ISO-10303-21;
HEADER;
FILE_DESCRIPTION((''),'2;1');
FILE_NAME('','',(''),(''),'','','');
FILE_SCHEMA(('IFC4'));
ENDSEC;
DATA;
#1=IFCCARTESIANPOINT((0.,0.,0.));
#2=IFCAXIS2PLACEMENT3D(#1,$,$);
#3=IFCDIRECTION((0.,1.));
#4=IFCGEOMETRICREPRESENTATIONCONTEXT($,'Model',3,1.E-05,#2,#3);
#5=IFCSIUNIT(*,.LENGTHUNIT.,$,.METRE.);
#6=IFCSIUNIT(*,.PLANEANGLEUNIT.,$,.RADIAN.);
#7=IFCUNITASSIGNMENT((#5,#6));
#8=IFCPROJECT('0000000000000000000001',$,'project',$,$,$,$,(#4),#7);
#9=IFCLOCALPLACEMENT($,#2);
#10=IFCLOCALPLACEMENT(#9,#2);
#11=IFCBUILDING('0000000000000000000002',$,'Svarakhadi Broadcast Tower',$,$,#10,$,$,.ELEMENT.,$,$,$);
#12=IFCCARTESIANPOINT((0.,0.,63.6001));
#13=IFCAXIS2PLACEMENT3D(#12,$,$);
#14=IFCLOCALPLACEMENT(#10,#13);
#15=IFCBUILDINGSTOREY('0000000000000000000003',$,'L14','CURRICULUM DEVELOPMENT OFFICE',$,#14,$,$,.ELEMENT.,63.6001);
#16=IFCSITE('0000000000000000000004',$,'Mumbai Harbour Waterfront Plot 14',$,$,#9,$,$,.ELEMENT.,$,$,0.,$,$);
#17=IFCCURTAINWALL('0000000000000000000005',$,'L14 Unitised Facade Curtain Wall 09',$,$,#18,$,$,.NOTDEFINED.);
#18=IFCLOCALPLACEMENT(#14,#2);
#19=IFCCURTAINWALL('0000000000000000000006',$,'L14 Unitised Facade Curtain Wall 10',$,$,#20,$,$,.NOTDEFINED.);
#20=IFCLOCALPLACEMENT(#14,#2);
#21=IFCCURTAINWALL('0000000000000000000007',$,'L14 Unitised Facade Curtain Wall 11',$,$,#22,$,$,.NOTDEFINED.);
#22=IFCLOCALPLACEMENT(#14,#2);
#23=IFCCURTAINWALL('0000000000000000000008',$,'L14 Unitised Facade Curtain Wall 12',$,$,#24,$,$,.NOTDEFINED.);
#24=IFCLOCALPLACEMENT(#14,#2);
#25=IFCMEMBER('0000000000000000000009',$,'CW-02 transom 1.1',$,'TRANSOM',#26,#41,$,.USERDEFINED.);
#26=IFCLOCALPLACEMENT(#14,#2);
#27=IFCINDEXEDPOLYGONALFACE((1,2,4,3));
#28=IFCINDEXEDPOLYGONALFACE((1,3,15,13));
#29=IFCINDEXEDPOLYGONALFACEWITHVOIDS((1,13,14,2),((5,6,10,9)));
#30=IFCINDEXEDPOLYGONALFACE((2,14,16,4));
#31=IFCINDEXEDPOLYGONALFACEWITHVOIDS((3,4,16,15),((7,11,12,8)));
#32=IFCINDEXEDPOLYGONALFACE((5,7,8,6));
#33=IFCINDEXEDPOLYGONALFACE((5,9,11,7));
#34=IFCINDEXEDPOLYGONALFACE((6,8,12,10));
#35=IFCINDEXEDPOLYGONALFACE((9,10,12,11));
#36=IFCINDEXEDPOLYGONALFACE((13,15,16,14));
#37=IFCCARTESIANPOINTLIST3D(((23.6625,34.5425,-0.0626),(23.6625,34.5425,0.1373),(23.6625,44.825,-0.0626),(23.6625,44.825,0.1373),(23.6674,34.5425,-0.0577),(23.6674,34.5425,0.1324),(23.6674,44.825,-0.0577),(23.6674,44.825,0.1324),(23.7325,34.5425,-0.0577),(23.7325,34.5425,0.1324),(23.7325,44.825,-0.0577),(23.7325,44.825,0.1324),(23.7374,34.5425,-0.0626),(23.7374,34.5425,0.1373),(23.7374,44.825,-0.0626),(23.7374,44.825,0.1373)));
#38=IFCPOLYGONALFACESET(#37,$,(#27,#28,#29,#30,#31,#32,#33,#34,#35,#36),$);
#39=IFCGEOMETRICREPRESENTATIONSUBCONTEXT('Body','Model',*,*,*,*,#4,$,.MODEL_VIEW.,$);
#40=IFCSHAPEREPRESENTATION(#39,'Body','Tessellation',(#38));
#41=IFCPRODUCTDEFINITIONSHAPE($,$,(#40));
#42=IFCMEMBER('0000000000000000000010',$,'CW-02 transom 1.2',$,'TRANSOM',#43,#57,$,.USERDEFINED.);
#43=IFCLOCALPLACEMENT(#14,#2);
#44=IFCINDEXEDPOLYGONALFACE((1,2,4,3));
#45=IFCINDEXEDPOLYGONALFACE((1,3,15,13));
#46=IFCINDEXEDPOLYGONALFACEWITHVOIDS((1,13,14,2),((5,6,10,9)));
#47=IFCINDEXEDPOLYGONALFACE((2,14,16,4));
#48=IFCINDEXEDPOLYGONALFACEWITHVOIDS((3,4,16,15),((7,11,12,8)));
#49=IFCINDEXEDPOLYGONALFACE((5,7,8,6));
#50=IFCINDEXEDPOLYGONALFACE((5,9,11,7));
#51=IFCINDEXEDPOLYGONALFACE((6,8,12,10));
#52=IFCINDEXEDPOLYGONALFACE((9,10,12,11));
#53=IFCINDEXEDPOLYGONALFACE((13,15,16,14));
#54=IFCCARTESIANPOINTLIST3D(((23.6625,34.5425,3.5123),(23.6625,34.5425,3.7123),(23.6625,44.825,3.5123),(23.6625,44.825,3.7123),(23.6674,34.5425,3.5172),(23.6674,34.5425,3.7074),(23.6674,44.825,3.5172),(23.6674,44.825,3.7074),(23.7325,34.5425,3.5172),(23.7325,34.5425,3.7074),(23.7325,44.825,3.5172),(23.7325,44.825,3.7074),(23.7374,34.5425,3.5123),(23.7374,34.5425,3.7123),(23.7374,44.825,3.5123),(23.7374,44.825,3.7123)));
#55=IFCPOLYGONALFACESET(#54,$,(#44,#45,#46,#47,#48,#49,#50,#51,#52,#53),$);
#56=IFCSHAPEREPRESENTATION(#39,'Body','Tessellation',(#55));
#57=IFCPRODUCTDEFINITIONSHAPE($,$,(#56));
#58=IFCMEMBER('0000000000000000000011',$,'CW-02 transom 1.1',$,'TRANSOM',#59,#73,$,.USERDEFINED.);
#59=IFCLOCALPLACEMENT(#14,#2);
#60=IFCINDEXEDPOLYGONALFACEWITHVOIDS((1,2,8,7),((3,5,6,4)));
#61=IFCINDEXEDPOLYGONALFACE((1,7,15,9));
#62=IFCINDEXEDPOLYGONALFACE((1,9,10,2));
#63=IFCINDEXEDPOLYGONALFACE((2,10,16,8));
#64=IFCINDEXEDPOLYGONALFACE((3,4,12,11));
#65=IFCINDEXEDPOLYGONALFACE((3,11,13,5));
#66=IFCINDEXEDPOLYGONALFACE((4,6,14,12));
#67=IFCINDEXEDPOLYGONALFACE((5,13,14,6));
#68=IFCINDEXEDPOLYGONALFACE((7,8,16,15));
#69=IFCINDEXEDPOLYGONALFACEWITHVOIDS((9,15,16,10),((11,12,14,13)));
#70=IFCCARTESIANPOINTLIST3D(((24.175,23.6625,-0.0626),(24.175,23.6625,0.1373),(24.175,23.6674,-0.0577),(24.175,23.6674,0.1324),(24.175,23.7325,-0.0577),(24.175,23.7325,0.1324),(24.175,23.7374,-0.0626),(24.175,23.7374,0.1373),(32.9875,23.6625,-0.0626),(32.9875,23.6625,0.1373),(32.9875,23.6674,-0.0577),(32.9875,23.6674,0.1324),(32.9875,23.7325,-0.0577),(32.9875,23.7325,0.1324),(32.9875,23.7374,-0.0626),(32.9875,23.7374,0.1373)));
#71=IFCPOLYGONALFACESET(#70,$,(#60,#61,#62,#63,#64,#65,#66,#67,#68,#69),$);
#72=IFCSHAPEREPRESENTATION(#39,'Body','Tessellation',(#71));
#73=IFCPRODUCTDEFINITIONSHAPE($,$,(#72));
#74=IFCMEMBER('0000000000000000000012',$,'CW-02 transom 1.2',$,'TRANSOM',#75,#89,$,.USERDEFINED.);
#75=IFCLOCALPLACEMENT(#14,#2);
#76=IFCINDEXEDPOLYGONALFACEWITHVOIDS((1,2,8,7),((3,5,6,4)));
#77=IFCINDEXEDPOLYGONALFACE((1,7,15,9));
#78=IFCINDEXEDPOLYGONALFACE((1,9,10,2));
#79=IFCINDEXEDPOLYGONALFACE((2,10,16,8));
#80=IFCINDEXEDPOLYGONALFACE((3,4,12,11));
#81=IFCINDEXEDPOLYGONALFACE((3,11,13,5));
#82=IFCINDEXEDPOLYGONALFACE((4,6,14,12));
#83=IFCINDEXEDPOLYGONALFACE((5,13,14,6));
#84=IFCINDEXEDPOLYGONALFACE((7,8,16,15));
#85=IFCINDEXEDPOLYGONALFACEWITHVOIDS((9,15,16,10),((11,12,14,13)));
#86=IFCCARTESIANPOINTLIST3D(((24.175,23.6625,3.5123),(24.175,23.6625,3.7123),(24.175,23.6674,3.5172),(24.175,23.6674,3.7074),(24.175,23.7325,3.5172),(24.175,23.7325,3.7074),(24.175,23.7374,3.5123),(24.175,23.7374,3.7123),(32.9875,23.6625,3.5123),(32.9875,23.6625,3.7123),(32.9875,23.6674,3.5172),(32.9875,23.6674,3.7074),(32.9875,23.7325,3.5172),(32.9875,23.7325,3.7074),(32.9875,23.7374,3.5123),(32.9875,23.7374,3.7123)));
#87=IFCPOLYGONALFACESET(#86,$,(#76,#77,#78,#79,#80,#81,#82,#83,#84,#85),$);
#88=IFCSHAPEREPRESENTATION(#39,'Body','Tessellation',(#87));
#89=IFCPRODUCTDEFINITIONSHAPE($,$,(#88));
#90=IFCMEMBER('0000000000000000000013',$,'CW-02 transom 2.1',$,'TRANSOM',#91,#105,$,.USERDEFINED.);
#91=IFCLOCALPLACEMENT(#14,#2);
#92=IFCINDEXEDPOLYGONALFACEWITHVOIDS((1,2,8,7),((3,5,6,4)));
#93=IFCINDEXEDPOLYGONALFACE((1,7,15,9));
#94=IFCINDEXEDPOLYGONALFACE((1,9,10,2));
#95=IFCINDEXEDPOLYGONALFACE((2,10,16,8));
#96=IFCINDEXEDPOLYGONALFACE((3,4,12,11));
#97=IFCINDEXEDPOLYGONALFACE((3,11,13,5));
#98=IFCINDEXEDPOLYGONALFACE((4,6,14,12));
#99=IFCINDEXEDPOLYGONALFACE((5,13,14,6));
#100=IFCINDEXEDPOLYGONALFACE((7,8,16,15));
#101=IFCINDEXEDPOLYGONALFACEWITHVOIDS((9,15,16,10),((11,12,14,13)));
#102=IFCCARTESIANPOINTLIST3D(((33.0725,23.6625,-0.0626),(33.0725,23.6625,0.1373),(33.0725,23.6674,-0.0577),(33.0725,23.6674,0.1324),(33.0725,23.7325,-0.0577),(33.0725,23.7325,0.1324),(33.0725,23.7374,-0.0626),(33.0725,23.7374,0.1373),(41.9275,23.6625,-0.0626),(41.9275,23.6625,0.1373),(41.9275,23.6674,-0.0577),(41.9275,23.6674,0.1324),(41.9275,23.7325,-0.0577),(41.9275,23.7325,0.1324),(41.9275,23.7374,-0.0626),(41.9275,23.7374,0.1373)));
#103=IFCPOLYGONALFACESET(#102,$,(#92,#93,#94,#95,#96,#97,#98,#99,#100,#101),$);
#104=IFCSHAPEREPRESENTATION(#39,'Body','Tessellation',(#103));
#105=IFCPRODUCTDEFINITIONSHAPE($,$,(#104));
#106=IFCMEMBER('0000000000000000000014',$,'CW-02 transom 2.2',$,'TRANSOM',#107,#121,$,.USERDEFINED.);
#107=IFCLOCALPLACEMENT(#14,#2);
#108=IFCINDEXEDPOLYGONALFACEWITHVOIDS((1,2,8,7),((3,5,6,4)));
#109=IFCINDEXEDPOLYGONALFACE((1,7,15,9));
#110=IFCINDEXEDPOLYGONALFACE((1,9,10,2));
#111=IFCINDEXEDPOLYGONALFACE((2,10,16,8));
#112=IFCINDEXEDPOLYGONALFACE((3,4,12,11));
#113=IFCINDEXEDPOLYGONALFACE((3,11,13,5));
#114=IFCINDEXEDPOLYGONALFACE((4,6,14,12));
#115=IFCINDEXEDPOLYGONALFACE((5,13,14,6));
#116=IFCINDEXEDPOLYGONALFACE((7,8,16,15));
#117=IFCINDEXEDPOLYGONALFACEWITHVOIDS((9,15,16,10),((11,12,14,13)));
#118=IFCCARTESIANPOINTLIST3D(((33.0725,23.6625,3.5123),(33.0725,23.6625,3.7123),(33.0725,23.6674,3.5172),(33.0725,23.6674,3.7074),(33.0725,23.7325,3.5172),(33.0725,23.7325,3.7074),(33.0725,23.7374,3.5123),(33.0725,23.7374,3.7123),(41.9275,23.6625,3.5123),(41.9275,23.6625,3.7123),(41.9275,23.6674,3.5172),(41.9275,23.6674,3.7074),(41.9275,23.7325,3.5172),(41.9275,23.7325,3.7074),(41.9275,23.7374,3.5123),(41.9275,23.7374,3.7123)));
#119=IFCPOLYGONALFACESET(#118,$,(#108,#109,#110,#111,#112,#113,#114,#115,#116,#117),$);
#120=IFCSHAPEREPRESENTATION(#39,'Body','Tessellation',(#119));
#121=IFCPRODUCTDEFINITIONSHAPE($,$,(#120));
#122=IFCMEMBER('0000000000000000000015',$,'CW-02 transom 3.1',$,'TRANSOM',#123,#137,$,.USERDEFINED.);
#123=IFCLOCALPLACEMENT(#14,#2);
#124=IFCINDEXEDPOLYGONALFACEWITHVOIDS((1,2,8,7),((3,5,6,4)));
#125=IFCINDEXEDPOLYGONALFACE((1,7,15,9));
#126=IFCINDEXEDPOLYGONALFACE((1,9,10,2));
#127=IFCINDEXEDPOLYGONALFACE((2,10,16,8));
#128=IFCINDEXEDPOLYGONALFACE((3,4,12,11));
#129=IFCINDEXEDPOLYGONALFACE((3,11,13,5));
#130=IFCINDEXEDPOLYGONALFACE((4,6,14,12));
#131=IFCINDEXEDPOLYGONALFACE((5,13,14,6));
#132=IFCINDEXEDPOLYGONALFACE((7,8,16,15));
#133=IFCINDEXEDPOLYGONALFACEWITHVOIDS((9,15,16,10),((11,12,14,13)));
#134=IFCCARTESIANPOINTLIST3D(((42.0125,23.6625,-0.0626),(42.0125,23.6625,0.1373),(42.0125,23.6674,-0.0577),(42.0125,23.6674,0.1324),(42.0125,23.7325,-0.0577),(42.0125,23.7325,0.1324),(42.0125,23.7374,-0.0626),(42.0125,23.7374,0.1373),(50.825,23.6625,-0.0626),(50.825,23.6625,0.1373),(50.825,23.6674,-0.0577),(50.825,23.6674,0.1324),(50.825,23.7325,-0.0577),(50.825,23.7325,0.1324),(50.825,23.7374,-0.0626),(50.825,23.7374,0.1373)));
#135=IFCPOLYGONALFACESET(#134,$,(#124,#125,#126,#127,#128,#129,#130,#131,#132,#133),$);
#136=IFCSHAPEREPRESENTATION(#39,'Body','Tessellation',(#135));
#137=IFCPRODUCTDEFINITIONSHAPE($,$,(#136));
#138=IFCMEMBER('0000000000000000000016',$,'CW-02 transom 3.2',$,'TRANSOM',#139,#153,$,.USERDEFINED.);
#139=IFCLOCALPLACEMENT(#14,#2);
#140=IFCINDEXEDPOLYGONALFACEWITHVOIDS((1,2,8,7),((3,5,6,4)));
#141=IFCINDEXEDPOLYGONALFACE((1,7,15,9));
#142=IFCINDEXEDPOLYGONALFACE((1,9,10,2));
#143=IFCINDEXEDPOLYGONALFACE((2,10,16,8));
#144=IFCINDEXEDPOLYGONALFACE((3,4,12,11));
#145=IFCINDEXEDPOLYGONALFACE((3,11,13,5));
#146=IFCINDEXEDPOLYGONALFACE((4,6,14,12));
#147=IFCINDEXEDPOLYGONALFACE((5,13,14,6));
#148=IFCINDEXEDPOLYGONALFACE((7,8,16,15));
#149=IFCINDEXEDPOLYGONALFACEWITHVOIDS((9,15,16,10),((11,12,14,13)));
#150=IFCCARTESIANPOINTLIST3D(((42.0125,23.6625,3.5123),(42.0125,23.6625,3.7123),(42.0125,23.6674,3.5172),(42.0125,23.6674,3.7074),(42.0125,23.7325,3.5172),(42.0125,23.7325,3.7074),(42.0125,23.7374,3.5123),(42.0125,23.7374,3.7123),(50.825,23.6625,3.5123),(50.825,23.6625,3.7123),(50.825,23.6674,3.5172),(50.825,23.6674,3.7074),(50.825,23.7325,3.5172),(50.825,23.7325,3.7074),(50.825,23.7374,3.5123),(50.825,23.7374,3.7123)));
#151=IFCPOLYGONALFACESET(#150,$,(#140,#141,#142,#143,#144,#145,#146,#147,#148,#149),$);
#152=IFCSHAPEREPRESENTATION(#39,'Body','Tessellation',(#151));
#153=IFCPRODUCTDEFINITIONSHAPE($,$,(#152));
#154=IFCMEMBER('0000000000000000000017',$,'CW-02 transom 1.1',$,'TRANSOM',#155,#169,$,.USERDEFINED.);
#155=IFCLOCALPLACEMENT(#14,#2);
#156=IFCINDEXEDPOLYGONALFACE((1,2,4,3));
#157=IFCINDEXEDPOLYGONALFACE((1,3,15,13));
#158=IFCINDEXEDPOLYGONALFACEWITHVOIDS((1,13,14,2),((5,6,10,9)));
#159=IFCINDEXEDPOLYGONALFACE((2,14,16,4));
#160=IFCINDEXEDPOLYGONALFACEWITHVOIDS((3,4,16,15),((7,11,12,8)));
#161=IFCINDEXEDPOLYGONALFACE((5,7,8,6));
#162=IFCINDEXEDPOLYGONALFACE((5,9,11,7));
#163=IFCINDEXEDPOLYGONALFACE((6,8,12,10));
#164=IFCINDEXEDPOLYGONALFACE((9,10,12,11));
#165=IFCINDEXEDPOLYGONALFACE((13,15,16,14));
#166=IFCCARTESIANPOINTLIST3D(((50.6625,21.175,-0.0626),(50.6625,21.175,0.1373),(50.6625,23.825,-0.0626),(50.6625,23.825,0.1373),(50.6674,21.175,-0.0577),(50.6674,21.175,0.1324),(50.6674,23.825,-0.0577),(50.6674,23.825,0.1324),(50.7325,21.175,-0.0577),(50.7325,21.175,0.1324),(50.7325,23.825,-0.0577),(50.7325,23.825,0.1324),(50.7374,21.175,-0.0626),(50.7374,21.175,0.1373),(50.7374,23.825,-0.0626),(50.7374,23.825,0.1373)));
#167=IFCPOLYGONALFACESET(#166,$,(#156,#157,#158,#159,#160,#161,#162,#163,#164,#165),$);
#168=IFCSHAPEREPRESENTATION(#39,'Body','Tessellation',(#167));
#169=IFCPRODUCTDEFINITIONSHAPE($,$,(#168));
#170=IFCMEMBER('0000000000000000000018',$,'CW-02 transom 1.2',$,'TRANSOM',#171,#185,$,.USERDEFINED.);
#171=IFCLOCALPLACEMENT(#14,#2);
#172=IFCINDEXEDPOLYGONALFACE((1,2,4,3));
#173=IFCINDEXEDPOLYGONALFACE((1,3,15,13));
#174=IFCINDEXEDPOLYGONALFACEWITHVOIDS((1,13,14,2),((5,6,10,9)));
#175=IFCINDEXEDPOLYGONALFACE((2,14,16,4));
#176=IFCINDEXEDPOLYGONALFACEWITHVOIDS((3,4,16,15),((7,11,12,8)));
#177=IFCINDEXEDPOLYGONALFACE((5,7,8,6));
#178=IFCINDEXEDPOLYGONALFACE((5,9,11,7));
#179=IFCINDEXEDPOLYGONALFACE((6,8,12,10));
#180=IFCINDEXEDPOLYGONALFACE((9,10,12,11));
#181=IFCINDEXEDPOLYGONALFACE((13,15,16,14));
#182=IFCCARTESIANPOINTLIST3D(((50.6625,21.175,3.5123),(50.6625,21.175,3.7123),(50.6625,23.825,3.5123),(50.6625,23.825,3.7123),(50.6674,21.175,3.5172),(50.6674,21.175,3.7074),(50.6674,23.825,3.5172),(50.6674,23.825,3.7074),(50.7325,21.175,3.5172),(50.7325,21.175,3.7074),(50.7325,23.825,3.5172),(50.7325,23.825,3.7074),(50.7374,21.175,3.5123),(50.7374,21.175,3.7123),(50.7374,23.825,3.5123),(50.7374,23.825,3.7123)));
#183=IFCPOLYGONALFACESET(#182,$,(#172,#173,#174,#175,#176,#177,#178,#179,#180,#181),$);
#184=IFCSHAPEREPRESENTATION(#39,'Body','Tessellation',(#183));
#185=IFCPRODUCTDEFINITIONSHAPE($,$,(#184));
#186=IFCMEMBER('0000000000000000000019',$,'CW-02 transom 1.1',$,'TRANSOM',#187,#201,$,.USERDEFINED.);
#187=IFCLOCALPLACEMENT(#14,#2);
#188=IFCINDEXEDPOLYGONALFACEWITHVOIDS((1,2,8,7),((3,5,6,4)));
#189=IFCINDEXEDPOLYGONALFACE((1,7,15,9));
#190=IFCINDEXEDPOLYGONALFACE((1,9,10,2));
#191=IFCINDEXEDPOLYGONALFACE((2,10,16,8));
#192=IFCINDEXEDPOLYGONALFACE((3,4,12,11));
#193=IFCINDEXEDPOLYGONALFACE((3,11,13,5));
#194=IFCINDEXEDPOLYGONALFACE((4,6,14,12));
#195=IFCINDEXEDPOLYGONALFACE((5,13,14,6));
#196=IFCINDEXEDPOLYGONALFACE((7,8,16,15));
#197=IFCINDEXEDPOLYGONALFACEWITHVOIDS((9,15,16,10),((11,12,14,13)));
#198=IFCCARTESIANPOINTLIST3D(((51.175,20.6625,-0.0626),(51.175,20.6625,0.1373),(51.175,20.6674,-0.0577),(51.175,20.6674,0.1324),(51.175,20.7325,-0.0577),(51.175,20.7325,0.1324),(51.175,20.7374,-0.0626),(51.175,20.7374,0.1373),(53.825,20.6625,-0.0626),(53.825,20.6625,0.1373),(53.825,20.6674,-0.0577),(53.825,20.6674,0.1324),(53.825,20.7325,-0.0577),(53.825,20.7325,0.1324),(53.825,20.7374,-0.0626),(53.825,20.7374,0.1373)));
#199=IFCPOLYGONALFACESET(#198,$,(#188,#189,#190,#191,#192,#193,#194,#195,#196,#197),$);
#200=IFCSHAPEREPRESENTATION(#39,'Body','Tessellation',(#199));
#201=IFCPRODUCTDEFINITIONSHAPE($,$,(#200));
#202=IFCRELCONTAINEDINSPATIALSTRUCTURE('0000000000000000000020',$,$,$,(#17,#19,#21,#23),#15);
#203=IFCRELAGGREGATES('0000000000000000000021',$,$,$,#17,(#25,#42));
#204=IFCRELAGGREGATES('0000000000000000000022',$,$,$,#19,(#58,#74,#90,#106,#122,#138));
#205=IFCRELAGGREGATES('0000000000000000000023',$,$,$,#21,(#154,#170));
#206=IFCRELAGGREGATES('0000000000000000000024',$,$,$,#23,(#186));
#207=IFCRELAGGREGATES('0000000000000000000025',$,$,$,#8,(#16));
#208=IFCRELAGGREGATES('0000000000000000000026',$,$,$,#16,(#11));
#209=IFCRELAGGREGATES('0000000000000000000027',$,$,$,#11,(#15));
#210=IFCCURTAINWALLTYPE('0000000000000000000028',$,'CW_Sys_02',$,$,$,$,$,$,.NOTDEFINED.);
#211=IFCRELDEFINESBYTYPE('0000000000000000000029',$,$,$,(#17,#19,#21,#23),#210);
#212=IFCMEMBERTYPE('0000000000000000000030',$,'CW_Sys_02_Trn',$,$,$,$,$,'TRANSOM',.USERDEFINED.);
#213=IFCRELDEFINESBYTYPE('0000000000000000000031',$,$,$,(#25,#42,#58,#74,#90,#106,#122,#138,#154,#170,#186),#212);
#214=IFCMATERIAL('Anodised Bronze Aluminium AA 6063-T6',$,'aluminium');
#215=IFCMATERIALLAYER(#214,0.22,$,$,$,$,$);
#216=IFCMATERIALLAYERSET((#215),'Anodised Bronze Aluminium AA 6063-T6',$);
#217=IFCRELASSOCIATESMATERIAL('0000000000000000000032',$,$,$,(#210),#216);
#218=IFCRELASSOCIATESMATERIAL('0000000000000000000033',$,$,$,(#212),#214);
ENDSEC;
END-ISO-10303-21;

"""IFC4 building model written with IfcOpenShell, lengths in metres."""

from ifc_helpers import new_model, si_unit, direction, frame, origin, origin_2d, place, context, subcontext, project, spatial, hollow_rectangle, extrude, material, layer, layer_set, material_profile, profile_set, type_object, element, aggregate, save


model = new_model("IFC4")

# Units and contexts
model_context = context("Model", 3, precision=1e-05, world=origin(), true_north=direction((0.0, 1.0)))
body_context = subcontext(model_context, "Body", "Model", "MODEL_VIEW")
ifc_project = project(units=[si_unit("LENGTHUNIT", "METRE"), si_unit("PLANEANGLEUNIT", "RADIAN")], contexts=[model_context])

# Site, building, storey
site_placement = place(None, origin())
site = spatial("IfcSite", under=ifc_project, at=site_placement, Name="Mumbai Harbour Waterfront Plot 14", CompositionType="ELEMENT", RefElevation=0.0)
building_placement = place(site_placement, origin())
building = spatial("IfcBuilding", under=site, at=building_placement, Name="Svarakhadi Broadcast Tower", CompositionType="ELEMENT")
storey_placement = place(building_placement, frame((0.0, 0.0, 63.6001)))
storey = spatial("IfcBuildingStorey", under=building, at=storey_placement, Name="L14", Description="CURRICULUM DEVELOPMENT OFFICE", CompositionType="ELEMENT", Elevation=63.6001)

# Curtain wall
ifc_material_1 = material(Name="Anodised Bronze Aluminium AA 6063-T6", Category="aluminium")
ifc_layer_1 = layer(ifc_material_1, 0.22)
ifc_layer_set_1 = layer_set([ifc_layer_1], Name="Anodised Bronze Aluminium AA 6063-T6")
curtain_wall_type = type_object("IfcCurtainWallType", Name="CW_Sys_02", PredefinedType="NOTDEFINED", material=ifc_layer_set_1)
curtain_wall_1_placement = place(storey_placement, origin())
curtain_wall_1 = element("IfcCurtainWall", 1, at=curtain_wall_1_placement, inside=storey, type_object=curtain_wall_type, Name="L14 Unitised Facade Curtain Wall 09", PredefinedType="NOTDEFINED")

# Curtain walls
curtain_wall_2_placement = place(storey_placement, origin())
curtain_wall_2 = element("IfcCurtainWall", 2, at=curtain_wall_2_placement, inside=storey, type_object=curtain_wall_type, Name="L14 Unitised Facade Curtain Wall 10", PredefinedType="NOTDEFINED")
curtain_wall_3_placement = place(storey_placement, origin())
curtain_wall_3 = element("IfcCurtainWall", 3, at=curtain_wall_3_placement, inside=storey, type_object=curtain_wall_type, Name="L14 Unitised Facade Curtain Wall 11", PredefinedType="NOTDEFINED")
curtain_wall_4_placement = place(storey_placement, origin())
curtain_wall_4 = element("IfcCurtainWall", 4, at=curtain_wall_4_placement, inside=storey, type_object=curtain_wall_type, Name="L14 Unitised Facade Curtain Wall 12", PredefinedType="NOTDEFINED")

# Members
ifc_material_profile_1 = material_profile(ifc_material_1, hollow_rectangle(XDim=0.075, YDim=0.2, WallThickness=0.0049, at=origin_2d()), Name="ALU TRANSOM 200x75x5")
ifc_profile_set_1 = profile_set([ifc_material_profile_1], Name="Anodised Bronze Aluminium AA 6063-T6")
member_type_1 = type_object("IfcMemberType", Name="CW_Sys_02_Trn", ElementType="TRANSOM", PredefinedType="USERDEFINED", material=ifc_profile_set_1)
member_1_placement = place(storey_placement, frame((23.7, 44.825, 0.0374), z_axis=(0.0, -1.0, 0.0), x_axis=(1.0, 0.0, 0.0)))
member_1 = element("IfcMember", 5, at=member_1_placement, type_object=member_type_1, Name="CW-02 transom 1.1", ObjectType="TRANSOM", PredefinedType="USERDEFINED", context=body_context, shape_type="SweptSolid", body=[
    extrude(hollow_rectangle(XDim=0.075, YDim=0.2, WallThickness=0.0049, at=origin_2d()), origin(), (0.0, 0.0, 1.0), 10.2825),
])
member_2_placement = place(storey_placement, frame((23.7, 44.825, 3.6123), z_axis=(0.0, -1.0, 0.0), x_axis=(1.0, 0.0, 0.0)))
member_2 = element("IfcMember", 6, at=member_2_placement, type_object=member_type_1, Name="CW-02 transom 1.2", ObjectType="TRANSOM", PredefinedType="USERDEFINED", context=body_context, shape_type="SweptSolid", body=[
    extrude(hollow_rectangle(XDim=0.075, YDim=0.2, WallThickness=0.0049, at=origin_2d()), origin(), (0.0, 0.0, 1.0), 10.2825),
])
member_3_placement = place(storey_placement, frame((24.175, 23.7, 0.0374), z_axis=(1.0, 0.0, 0.0), x_axis=(0.0, 1.0, 0.0)))
member_3 = element("IfcMember", 7, at=member_3_placement, type_object=member_type_1, Name="CW-02 transom 1.1", ObjectType="TRANSOM", PredefinedType="USERDEFINED", context=body_context, shape_type="SweptSolid", body=[
    extrude(hollow_rectangle(XDim=0.075, YDim=0.2, WallThickness=0.0049, at=origin_2d()), origin(), (0.0, 0.0, 1.0), 8.8125),
])
member_4_placement = place(storey_placement, frame((24.175, 23.7, 3.6123), z_axis=(1.0, 0.0, 0.0), x_axis=(0.0, 1.0, 0.0)))
member_4 = element("IfcMember", 8, at=member_4_placement, type_object=member_type_1, Name="CW-02 transom 1.2", ObjectType="TRANSOM", PredefinedType="USERDEFINED", context=body_context, shape_type="SweptSolid", body=[
    extrude(hollow_rectangle(XDim=0.075, YDim=0.2, WallThickness=0.0049, at=origin_2d()), origin(), (0.0, 0.0, 1.0), 8.8125),
])
member_5_placement = place(storey_placement, frame((33.0725, 23.7, 0.0374), z_axis=(1.0, 0.0, 0.0), x_axis=(0.0, 1.0, 0.0)))
member_5 = element("IfcMember", 9, at=member_5_placement, type_object=member_type_1, Name="CW-02 transom 2.1", ObjectType="TRANSOM", PredefinedType="USERDEFINED", context=body_context, shape_type="SweptSolid", body=[
    extrude(hollow_rectangle(XDim=0.075, YDim=0.2, WallThickness=0.0049, at=origin_2d()), origin(), (0.0, 0.0, 1.0), 8.855),
])
member_6_placement = place(storey_placement, frame((33.0725, 23.7, 3.6123), z_axis=(1.0, 0.0, 0.0), x_axis=(0.0, 1.0, 0.0)))
member_6 = element("IfcMember", 10, at=member_6_placement, type_object=member_type_1, Name="CW-02 transom 2.2", ObjectType="TRANSOM", PredefinedType="USERDEFINED", context=body_context, shape_type="SweptSolid", body=[
    extrude(hollow_rectangle(XDim=0.075, YDim=0.2, WallThickness=0.0049, at=origin_2d()), origin(), (0.0, 0.0, 1.0), 8.855),
])
member_7_placement = place(storey_placement, frame((42.0125, 23.7, 0.0374), z_axis=(1.0, 0.0, 0.0), x_axis=(0.0, 1.0, 0.0)))
member_7 = element("IfcMember", 11, at=member_7_placement, type_object=member_type_1, Name="CW-02 transom 3.1", ObjectType="TRANSOM", PredefinedType="USERDEFINED", context=body_context, shape_type="SweptSolid", body=[
    extrude(hollow_rectangle(XDim=0.075, YDim=0.2, WallThickness=0.0049, at=origin_2d()), origin(), (0.0, 0.0, 1.0), 8.8125),
])
member_8_placement = place(storey_placement, frame((42.0125, 23.7, 3.6123), z_axis=(1.0, 0.0, 0.0), x_axis=(0.0, 1.0, 0.0)))
member_8 = element("IfcMember", 12, at=member_8_placement, type_object=member_type_1, Name="CW-02 transom 3.2", ObjectType="TRANSOM", PredefinedType="USERDEFINED", context=body_context, shape_type="SweptSolid", body=[
    extrude(hollow_rectangle(XDim=0.075, YDim=0.2, WallThickness=0.0049, at=origin_2d()), origin(), (0.0, 0.0, 1.0), 8.8125),
])
member_9_placement = place(storey_placement, frame((50.7, 23.825, 0.0374), z_axis=(0.0, -1.0, 0.0), x_axis=(1.0, 0.0, 0.0)))
member_9 = element("IfcMember", 13, at=member_9_placement, type_object=member_type_1, Name="CW-02 transom 1.1", ObjectType="TRANSOM", PredefinedType="USERDEFINED", context=body_context, shape_type="SweptSolid", body=[
    extrude(hollow_rectangle(XDim=0.075, YDim=0.2, WallThickness=0.0049, at=origin_2d()), origin(), (0.0, 0.0, 1.0), 2.6499),
])
member_10_placement = place(storey_placement, frame((50.7, 23.825, 3.6123), z_axis=(0.0, -1.0, 0.0), x_axis=(1.0, 0.0, 0.0)))
member_10 = element("IfcMember", 14, at=member_10_placement, type_object=member_type_1, Name="CW-02 transom 1.2", ObjectType="TRANSOM", PredefinedType="USERDEFINED", context=body_context, shape_type="SweptSolid", body=[
    extrude(hollow_rectangle(XDim=0.075, YDim=0.2, WallThickness=0.0049, at=origin_2d()), origin(), (0.0, 0.0, 1.0), 2.6499),
])
member_11_placement = place(storey_placement, frame((51.175, 20.7, 0.0374), z_axis=(1.0, 0.0, 0.0), x_axis=(0.0, 1.0, 0.0)))
member_11 = element("IfcMember", 15, at=member_11_placement, type_object=member_type_1, Name="CW-02 transom 1.1", ObjectType="TRANSOM", PredefinedType="USERDEFINED", context=body_context, shape_type="SweptSolid", body=[
    extrude(hollow_rectangle(XDim=0.075, YDim=0.2, WallThickness=0.0049, at=origin_2d()), origin(), (0.0, 0.0, 1.0), 2.6499),
])

aggregate(curtain_wall_1, [member_1, member_2])
aggregate(curtain_wall_2, [member_3, member_4, member_5, member_6, member_7, member_8])
aggregate(curtain_wall_3, [member_9, member_10])
aggregate(curtain_wall_4, [member_11])

save(model, "model.ifc")
